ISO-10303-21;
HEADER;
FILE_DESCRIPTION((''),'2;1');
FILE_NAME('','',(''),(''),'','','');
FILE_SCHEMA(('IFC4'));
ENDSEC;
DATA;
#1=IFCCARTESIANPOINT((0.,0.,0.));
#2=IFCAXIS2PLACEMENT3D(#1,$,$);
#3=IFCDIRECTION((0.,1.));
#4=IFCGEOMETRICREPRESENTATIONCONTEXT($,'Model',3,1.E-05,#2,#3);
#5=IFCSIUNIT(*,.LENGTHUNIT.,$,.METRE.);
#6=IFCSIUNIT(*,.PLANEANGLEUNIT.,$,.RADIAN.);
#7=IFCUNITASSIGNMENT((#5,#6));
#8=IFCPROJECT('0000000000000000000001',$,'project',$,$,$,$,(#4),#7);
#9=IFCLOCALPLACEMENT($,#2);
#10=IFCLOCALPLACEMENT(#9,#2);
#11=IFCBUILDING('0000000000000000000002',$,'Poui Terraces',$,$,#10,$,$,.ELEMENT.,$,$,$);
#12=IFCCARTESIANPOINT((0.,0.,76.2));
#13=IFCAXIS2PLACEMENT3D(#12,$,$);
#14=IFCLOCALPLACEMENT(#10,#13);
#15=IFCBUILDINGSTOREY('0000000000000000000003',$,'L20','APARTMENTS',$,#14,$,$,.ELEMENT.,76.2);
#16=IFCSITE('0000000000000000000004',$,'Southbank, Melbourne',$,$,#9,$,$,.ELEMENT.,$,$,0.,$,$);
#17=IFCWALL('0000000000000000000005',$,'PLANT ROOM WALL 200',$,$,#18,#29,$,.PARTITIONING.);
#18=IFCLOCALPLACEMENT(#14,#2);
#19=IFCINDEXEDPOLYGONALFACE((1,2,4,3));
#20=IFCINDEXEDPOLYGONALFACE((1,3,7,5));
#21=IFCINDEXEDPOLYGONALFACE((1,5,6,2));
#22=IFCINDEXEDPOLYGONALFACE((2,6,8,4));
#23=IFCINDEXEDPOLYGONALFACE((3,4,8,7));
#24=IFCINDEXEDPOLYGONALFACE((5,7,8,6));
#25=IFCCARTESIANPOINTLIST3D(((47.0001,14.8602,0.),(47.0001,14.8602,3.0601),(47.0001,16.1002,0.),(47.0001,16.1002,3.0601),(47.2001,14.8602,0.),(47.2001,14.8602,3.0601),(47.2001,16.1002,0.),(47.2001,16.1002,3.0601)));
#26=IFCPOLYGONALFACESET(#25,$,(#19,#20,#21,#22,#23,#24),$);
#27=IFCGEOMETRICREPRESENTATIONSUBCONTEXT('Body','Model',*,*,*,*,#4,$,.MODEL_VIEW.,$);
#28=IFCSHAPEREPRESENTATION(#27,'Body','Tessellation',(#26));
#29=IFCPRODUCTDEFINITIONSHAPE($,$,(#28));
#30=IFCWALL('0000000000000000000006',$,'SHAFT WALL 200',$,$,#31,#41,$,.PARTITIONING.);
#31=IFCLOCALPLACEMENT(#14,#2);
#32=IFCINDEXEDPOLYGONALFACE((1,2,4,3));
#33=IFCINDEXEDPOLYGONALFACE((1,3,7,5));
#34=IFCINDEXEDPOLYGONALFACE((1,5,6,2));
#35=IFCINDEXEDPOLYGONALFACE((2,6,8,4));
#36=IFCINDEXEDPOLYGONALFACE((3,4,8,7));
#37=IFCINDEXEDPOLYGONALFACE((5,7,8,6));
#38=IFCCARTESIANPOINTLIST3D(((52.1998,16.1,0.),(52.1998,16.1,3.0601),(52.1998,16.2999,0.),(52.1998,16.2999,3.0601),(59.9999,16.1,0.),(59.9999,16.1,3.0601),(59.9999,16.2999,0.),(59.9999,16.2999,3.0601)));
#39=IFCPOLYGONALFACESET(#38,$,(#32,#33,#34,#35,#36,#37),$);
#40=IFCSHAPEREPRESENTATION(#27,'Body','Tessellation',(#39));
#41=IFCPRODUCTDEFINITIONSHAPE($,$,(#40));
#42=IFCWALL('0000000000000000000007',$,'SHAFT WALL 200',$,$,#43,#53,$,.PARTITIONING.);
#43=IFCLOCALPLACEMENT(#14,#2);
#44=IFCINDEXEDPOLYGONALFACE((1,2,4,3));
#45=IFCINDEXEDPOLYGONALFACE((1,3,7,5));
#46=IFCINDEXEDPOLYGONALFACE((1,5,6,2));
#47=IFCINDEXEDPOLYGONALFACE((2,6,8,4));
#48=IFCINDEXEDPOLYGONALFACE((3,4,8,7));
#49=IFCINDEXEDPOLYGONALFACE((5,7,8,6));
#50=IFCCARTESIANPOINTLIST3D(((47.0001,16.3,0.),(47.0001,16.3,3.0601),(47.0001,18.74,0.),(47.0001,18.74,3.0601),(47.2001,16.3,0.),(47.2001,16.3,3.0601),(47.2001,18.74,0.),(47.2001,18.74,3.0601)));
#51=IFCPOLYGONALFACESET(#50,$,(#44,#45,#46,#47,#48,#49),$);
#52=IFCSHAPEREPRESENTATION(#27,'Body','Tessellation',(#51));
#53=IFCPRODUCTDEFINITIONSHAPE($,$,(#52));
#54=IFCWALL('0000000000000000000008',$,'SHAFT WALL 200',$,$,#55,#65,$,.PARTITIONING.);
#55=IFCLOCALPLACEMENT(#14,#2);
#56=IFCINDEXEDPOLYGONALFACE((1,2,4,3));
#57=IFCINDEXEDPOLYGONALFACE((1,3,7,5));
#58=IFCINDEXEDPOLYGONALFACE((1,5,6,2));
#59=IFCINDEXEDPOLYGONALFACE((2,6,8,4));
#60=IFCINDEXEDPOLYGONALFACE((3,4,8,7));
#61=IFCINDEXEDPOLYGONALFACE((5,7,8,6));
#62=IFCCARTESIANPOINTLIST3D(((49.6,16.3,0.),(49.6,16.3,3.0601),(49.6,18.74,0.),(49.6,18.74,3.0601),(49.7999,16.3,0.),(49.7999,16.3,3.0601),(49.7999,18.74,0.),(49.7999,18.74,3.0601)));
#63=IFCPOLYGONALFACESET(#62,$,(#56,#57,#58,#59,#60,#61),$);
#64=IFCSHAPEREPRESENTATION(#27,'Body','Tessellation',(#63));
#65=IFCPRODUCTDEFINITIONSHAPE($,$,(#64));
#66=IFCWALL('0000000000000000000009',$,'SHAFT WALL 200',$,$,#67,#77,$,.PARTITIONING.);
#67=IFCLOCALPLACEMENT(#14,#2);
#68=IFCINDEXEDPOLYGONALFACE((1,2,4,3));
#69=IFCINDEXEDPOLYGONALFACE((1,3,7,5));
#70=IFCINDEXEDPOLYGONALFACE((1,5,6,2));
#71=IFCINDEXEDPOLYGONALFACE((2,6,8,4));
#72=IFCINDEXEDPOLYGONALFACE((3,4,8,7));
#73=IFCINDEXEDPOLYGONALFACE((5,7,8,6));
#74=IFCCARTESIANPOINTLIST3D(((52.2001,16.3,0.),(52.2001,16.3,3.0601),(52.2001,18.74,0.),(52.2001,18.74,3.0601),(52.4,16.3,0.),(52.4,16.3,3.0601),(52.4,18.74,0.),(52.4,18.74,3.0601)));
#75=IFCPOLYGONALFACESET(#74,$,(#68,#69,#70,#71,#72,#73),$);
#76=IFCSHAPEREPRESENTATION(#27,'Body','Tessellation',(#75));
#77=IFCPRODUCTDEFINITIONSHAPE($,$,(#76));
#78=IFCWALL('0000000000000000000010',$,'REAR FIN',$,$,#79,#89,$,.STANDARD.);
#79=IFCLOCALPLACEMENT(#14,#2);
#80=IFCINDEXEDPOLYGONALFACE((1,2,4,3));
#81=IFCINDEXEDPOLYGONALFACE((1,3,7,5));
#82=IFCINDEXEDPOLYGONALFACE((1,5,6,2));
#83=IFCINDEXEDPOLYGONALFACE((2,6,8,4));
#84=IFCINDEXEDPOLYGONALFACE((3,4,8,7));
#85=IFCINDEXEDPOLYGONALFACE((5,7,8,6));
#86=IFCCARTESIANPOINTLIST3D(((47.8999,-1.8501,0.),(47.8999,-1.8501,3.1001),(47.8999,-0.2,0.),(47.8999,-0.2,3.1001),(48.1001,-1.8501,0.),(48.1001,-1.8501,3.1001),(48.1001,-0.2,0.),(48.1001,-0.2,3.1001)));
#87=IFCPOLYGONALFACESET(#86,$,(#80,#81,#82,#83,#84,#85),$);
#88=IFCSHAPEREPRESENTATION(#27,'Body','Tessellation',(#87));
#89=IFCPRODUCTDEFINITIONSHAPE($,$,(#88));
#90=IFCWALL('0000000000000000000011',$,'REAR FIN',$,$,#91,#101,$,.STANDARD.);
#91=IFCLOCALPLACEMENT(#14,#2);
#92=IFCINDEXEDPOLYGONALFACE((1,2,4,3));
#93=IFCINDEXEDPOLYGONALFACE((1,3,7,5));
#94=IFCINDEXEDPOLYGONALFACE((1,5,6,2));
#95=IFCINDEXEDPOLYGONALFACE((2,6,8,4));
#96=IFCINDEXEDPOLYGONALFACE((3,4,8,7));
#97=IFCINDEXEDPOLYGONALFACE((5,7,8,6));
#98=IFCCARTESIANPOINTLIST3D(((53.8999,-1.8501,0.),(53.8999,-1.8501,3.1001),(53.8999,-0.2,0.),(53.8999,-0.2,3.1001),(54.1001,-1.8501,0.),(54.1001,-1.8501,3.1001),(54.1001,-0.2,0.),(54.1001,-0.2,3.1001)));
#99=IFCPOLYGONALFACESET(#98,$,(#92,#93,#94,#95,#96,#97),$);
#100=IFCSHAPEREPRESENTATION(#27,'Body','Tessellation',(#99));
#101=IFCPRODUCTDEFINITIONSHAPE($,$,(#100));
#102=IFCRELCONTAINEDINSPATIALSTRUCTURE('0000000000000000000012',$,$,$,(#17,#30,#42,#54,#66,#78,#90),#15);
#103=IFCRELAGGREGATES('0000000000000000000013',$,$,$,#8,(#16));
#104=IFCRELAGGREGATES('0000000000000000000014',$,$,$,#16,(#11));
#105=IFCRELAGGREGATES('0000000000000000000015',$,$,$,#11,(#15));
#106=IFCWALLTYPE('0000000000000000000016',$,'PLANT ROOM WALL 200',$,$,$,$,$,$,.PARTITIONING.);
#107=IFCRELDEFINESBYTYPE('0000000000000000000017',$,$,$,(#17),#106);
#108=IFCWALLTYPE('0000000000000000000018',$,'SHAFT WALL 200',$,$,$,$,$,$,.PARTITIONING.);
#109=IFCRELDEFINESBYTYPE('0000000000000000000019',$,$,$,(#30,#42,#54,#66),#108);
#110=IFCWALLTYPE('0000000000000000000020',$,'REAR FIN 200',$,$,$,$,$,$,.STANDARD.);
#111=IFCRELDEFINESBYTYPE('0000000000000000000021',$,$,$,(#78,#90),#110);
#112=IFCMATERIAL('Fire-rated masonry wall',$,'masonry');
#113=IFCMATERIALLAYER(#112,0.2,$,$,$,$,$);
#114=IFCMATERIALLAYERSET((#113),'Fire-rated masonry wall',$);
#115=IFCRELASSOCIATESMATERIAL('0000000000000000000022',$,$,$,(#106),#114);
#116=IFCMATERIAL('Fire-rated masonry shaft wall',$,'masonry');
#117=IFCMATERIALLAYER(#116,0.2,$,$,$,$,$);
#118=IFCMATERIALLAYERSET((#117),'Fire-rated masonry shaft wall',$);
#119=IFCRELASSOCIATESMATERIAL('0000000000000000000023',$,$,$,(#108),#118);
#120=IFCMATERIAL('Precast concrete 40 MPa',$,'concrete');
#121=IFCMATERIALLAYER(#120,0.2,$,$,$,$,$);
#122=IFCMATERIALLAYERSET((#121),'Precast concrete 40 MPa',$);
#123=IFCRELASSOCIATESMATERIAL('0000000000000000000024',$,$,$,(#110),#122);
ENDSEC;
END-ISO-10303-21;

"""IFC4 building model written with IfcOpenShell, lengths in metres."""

from ifc_helpers import new_model, si_unit, direction, frame, frame_2d, origin, place, context, subcontext, project, spatial, polyline, rectangle, outline, extrude, source, transform, mapped, material, layer, layer_set, type_object, element, save


model = new_model("IFC4")

# Units and contexts
model_context = context("Model", 3, precision=1e-05, world=origin(), true_north=direction((0.0, 1.0)))
body_context = subcontext(model_context, "Body", "Model", "MODEL_VIEW")
ifc_project = project(units=[si_unit("LENGTHUNIT", "METRE"), si_unit("PLANEANGLEUNIT", "RADIAN")], contexts=[model_context])

# Site, building, storey
site_placement = place(None, origin())
site = spatial("IfcSite", under=ifc_project, at=site_placement, Name="Southbank, Melbourne", CompositionType="ELEMENT", RefElevation=0.0)
building_placement = place(site_placement, origin())
building = spatial("IfcBuilding", under=site, at=building_placement, Name="Poui Terraces", CompositionType="ELEMENT")
storey_placement = place(building_placement, frame((0.0, 0.0, 76.2)))
storey = spatial("IfcBuildingStorey", under=building, at=storey_placement, Name="L20", Description="APARTMENTS", CompositionType="ELEMENT", Elevation=76.2)

# Shared definitions
ifc_material_1 = material(Name="Precast concrete 40 MPa", Category="concrete")

# Walls
ifc_material_2 = material(Name="Fire-rated masonry wall", Category="masonry")
ifc_layer_1 = layer(ifc_material_2, 0.2)
ifc_layer_set_1 = layer_set([ifc_layer_1], Name="Fire-rated masonry wall")
wall_type_1 = type_object("IfcWallType", Name="PLANT ROOM WALL 200", PredefinedType="PARTITIONING", material=ifc_layer_set_1)
wall_1_placement = place(storey_placement, frame((47.1001, 14.8601, 0.0), z_axis=(0.0, 0.0, 1.0), x_axis=(0.0, 1.0, 0.0)))
element("IfcWall", 1, at=wall_1_placement, inside=storey, type_object=wall_type_1, Name="PLANT ROOM WALL 200", PredefinedType="PARTITIONING", context=body_context, shape_type="SweptSolid", body=[
    extrude(rectangle(XDim=1.24, YDim=0.2, at=frame_2d((0.6201, 0.0))), origin(), (0.0, 0.0, 1.0), 3.0601),
])
ifc_material_3 = material(Name="Fire-rated masonry shaft wall", Category="masonry")
ifc_layer_2 = layer(ifc_material_3, 0.2)
ifc_layer_set_2 = layer_set([ifc_layer_2], Name="Fire-rated masonry shaft wall")
wall_type_2 = type_object("IfcWallType", Name="SHAFT WALL 200", PredefinedType="PARTITIONING", material=ifc_layer_set_2)
wall_2_placement = place(storey_placement, frame((52.2, 16.2, 0.0), z_axis=(0.0, 0.0, 1.0), x_axis=(1.0, 0.0, 0.0)))
element("IfcWall", 2, at=wall_2_placement, inside=storey, type_object=wall_type_2, Name="SHAFT WALL 200", PredefinedType="PARTITIONING", context=body_context, shape_type="SweptSolid", body=[
    extrude(rectangle(XDim=7.8, YDim=0.2, at=frame_2d((3.8999, 0.0))), origin(), (0.0, 0.0, 1.0), 3.0601),
])
for number, where, z_axis, x_axis, name in (
    (3, (47.1001, 16.3, 0.0), (0.0, 0.0, 1.0), (0.0, 1.0, 0.0), "SHAFT WALL 200"),
    (4, (49.7, 16.3, 0.0), (0.0, 0.0, 1.0), (0.0, 1.0, 0.0), "SHAFT WALL 200"),
    (5, (52.3, 16.3, 0.0), (0.0, 0.0, 1.0), (0.0, 1.0, 0.0), "SHAFT WALL 200"),
):
    element("IfcWall", number, at=place(storey_placement, frame(where, z_axis=z_axis, x_axis=x_axis)), inside=storey, type_object=wall_type_2, Name=name, PredefinedType="PARTITIONING", context=body_context, shape_type="SweptSolid", body=[
        extrude(rectangle(XDim=2.4399, YDim=0.2, at=frame_2d((1.22, 0.0))), origin(), (0.0, 0.0, 1.0), 3.0601),
    ])
ifc_layer_3 = layer(ifc_material_1, 0.2)
ifc_layer_set_3 = layer_set([ifc_layer_3], Name="Precast concrete 40 MPa")
wall_type_3 = type_object("IfcWallType", Name="REAR FIN 200", PredefinedType="STANDARD", material=ifc_layer_set_3)
shared_shape_1 = source(origin(), body_context, "Body", "SweptSolid", [
    extrude(outline(polyline([(0.0, 0.0), (0.2002, 0.0), (0.2002, 1.6501), (0.0, 1.6501), (0.0, 0.0)])), origin(), (0.0, 0.0, 1.0), 3.1001),
])
for number, where, name in (
    (6, (47.8999, -1.8501, 0.0), "REAR FIN"),
    (7, (53.8999, -1.8501, 0.0), "REAR FIN"),
):
    element("IfcWall", number, at=place(storey_placement, frame(where)), inside=storey, type_object=wall_type_3, Name=name, PredefinedType="STANDARD", context=body_context, shape_type="MappedRepresentation", body=[
        mapped(shared_shape_1, transform((0.0, 0.0, 0.0))),
    ])

save(model, "model.ifc")
